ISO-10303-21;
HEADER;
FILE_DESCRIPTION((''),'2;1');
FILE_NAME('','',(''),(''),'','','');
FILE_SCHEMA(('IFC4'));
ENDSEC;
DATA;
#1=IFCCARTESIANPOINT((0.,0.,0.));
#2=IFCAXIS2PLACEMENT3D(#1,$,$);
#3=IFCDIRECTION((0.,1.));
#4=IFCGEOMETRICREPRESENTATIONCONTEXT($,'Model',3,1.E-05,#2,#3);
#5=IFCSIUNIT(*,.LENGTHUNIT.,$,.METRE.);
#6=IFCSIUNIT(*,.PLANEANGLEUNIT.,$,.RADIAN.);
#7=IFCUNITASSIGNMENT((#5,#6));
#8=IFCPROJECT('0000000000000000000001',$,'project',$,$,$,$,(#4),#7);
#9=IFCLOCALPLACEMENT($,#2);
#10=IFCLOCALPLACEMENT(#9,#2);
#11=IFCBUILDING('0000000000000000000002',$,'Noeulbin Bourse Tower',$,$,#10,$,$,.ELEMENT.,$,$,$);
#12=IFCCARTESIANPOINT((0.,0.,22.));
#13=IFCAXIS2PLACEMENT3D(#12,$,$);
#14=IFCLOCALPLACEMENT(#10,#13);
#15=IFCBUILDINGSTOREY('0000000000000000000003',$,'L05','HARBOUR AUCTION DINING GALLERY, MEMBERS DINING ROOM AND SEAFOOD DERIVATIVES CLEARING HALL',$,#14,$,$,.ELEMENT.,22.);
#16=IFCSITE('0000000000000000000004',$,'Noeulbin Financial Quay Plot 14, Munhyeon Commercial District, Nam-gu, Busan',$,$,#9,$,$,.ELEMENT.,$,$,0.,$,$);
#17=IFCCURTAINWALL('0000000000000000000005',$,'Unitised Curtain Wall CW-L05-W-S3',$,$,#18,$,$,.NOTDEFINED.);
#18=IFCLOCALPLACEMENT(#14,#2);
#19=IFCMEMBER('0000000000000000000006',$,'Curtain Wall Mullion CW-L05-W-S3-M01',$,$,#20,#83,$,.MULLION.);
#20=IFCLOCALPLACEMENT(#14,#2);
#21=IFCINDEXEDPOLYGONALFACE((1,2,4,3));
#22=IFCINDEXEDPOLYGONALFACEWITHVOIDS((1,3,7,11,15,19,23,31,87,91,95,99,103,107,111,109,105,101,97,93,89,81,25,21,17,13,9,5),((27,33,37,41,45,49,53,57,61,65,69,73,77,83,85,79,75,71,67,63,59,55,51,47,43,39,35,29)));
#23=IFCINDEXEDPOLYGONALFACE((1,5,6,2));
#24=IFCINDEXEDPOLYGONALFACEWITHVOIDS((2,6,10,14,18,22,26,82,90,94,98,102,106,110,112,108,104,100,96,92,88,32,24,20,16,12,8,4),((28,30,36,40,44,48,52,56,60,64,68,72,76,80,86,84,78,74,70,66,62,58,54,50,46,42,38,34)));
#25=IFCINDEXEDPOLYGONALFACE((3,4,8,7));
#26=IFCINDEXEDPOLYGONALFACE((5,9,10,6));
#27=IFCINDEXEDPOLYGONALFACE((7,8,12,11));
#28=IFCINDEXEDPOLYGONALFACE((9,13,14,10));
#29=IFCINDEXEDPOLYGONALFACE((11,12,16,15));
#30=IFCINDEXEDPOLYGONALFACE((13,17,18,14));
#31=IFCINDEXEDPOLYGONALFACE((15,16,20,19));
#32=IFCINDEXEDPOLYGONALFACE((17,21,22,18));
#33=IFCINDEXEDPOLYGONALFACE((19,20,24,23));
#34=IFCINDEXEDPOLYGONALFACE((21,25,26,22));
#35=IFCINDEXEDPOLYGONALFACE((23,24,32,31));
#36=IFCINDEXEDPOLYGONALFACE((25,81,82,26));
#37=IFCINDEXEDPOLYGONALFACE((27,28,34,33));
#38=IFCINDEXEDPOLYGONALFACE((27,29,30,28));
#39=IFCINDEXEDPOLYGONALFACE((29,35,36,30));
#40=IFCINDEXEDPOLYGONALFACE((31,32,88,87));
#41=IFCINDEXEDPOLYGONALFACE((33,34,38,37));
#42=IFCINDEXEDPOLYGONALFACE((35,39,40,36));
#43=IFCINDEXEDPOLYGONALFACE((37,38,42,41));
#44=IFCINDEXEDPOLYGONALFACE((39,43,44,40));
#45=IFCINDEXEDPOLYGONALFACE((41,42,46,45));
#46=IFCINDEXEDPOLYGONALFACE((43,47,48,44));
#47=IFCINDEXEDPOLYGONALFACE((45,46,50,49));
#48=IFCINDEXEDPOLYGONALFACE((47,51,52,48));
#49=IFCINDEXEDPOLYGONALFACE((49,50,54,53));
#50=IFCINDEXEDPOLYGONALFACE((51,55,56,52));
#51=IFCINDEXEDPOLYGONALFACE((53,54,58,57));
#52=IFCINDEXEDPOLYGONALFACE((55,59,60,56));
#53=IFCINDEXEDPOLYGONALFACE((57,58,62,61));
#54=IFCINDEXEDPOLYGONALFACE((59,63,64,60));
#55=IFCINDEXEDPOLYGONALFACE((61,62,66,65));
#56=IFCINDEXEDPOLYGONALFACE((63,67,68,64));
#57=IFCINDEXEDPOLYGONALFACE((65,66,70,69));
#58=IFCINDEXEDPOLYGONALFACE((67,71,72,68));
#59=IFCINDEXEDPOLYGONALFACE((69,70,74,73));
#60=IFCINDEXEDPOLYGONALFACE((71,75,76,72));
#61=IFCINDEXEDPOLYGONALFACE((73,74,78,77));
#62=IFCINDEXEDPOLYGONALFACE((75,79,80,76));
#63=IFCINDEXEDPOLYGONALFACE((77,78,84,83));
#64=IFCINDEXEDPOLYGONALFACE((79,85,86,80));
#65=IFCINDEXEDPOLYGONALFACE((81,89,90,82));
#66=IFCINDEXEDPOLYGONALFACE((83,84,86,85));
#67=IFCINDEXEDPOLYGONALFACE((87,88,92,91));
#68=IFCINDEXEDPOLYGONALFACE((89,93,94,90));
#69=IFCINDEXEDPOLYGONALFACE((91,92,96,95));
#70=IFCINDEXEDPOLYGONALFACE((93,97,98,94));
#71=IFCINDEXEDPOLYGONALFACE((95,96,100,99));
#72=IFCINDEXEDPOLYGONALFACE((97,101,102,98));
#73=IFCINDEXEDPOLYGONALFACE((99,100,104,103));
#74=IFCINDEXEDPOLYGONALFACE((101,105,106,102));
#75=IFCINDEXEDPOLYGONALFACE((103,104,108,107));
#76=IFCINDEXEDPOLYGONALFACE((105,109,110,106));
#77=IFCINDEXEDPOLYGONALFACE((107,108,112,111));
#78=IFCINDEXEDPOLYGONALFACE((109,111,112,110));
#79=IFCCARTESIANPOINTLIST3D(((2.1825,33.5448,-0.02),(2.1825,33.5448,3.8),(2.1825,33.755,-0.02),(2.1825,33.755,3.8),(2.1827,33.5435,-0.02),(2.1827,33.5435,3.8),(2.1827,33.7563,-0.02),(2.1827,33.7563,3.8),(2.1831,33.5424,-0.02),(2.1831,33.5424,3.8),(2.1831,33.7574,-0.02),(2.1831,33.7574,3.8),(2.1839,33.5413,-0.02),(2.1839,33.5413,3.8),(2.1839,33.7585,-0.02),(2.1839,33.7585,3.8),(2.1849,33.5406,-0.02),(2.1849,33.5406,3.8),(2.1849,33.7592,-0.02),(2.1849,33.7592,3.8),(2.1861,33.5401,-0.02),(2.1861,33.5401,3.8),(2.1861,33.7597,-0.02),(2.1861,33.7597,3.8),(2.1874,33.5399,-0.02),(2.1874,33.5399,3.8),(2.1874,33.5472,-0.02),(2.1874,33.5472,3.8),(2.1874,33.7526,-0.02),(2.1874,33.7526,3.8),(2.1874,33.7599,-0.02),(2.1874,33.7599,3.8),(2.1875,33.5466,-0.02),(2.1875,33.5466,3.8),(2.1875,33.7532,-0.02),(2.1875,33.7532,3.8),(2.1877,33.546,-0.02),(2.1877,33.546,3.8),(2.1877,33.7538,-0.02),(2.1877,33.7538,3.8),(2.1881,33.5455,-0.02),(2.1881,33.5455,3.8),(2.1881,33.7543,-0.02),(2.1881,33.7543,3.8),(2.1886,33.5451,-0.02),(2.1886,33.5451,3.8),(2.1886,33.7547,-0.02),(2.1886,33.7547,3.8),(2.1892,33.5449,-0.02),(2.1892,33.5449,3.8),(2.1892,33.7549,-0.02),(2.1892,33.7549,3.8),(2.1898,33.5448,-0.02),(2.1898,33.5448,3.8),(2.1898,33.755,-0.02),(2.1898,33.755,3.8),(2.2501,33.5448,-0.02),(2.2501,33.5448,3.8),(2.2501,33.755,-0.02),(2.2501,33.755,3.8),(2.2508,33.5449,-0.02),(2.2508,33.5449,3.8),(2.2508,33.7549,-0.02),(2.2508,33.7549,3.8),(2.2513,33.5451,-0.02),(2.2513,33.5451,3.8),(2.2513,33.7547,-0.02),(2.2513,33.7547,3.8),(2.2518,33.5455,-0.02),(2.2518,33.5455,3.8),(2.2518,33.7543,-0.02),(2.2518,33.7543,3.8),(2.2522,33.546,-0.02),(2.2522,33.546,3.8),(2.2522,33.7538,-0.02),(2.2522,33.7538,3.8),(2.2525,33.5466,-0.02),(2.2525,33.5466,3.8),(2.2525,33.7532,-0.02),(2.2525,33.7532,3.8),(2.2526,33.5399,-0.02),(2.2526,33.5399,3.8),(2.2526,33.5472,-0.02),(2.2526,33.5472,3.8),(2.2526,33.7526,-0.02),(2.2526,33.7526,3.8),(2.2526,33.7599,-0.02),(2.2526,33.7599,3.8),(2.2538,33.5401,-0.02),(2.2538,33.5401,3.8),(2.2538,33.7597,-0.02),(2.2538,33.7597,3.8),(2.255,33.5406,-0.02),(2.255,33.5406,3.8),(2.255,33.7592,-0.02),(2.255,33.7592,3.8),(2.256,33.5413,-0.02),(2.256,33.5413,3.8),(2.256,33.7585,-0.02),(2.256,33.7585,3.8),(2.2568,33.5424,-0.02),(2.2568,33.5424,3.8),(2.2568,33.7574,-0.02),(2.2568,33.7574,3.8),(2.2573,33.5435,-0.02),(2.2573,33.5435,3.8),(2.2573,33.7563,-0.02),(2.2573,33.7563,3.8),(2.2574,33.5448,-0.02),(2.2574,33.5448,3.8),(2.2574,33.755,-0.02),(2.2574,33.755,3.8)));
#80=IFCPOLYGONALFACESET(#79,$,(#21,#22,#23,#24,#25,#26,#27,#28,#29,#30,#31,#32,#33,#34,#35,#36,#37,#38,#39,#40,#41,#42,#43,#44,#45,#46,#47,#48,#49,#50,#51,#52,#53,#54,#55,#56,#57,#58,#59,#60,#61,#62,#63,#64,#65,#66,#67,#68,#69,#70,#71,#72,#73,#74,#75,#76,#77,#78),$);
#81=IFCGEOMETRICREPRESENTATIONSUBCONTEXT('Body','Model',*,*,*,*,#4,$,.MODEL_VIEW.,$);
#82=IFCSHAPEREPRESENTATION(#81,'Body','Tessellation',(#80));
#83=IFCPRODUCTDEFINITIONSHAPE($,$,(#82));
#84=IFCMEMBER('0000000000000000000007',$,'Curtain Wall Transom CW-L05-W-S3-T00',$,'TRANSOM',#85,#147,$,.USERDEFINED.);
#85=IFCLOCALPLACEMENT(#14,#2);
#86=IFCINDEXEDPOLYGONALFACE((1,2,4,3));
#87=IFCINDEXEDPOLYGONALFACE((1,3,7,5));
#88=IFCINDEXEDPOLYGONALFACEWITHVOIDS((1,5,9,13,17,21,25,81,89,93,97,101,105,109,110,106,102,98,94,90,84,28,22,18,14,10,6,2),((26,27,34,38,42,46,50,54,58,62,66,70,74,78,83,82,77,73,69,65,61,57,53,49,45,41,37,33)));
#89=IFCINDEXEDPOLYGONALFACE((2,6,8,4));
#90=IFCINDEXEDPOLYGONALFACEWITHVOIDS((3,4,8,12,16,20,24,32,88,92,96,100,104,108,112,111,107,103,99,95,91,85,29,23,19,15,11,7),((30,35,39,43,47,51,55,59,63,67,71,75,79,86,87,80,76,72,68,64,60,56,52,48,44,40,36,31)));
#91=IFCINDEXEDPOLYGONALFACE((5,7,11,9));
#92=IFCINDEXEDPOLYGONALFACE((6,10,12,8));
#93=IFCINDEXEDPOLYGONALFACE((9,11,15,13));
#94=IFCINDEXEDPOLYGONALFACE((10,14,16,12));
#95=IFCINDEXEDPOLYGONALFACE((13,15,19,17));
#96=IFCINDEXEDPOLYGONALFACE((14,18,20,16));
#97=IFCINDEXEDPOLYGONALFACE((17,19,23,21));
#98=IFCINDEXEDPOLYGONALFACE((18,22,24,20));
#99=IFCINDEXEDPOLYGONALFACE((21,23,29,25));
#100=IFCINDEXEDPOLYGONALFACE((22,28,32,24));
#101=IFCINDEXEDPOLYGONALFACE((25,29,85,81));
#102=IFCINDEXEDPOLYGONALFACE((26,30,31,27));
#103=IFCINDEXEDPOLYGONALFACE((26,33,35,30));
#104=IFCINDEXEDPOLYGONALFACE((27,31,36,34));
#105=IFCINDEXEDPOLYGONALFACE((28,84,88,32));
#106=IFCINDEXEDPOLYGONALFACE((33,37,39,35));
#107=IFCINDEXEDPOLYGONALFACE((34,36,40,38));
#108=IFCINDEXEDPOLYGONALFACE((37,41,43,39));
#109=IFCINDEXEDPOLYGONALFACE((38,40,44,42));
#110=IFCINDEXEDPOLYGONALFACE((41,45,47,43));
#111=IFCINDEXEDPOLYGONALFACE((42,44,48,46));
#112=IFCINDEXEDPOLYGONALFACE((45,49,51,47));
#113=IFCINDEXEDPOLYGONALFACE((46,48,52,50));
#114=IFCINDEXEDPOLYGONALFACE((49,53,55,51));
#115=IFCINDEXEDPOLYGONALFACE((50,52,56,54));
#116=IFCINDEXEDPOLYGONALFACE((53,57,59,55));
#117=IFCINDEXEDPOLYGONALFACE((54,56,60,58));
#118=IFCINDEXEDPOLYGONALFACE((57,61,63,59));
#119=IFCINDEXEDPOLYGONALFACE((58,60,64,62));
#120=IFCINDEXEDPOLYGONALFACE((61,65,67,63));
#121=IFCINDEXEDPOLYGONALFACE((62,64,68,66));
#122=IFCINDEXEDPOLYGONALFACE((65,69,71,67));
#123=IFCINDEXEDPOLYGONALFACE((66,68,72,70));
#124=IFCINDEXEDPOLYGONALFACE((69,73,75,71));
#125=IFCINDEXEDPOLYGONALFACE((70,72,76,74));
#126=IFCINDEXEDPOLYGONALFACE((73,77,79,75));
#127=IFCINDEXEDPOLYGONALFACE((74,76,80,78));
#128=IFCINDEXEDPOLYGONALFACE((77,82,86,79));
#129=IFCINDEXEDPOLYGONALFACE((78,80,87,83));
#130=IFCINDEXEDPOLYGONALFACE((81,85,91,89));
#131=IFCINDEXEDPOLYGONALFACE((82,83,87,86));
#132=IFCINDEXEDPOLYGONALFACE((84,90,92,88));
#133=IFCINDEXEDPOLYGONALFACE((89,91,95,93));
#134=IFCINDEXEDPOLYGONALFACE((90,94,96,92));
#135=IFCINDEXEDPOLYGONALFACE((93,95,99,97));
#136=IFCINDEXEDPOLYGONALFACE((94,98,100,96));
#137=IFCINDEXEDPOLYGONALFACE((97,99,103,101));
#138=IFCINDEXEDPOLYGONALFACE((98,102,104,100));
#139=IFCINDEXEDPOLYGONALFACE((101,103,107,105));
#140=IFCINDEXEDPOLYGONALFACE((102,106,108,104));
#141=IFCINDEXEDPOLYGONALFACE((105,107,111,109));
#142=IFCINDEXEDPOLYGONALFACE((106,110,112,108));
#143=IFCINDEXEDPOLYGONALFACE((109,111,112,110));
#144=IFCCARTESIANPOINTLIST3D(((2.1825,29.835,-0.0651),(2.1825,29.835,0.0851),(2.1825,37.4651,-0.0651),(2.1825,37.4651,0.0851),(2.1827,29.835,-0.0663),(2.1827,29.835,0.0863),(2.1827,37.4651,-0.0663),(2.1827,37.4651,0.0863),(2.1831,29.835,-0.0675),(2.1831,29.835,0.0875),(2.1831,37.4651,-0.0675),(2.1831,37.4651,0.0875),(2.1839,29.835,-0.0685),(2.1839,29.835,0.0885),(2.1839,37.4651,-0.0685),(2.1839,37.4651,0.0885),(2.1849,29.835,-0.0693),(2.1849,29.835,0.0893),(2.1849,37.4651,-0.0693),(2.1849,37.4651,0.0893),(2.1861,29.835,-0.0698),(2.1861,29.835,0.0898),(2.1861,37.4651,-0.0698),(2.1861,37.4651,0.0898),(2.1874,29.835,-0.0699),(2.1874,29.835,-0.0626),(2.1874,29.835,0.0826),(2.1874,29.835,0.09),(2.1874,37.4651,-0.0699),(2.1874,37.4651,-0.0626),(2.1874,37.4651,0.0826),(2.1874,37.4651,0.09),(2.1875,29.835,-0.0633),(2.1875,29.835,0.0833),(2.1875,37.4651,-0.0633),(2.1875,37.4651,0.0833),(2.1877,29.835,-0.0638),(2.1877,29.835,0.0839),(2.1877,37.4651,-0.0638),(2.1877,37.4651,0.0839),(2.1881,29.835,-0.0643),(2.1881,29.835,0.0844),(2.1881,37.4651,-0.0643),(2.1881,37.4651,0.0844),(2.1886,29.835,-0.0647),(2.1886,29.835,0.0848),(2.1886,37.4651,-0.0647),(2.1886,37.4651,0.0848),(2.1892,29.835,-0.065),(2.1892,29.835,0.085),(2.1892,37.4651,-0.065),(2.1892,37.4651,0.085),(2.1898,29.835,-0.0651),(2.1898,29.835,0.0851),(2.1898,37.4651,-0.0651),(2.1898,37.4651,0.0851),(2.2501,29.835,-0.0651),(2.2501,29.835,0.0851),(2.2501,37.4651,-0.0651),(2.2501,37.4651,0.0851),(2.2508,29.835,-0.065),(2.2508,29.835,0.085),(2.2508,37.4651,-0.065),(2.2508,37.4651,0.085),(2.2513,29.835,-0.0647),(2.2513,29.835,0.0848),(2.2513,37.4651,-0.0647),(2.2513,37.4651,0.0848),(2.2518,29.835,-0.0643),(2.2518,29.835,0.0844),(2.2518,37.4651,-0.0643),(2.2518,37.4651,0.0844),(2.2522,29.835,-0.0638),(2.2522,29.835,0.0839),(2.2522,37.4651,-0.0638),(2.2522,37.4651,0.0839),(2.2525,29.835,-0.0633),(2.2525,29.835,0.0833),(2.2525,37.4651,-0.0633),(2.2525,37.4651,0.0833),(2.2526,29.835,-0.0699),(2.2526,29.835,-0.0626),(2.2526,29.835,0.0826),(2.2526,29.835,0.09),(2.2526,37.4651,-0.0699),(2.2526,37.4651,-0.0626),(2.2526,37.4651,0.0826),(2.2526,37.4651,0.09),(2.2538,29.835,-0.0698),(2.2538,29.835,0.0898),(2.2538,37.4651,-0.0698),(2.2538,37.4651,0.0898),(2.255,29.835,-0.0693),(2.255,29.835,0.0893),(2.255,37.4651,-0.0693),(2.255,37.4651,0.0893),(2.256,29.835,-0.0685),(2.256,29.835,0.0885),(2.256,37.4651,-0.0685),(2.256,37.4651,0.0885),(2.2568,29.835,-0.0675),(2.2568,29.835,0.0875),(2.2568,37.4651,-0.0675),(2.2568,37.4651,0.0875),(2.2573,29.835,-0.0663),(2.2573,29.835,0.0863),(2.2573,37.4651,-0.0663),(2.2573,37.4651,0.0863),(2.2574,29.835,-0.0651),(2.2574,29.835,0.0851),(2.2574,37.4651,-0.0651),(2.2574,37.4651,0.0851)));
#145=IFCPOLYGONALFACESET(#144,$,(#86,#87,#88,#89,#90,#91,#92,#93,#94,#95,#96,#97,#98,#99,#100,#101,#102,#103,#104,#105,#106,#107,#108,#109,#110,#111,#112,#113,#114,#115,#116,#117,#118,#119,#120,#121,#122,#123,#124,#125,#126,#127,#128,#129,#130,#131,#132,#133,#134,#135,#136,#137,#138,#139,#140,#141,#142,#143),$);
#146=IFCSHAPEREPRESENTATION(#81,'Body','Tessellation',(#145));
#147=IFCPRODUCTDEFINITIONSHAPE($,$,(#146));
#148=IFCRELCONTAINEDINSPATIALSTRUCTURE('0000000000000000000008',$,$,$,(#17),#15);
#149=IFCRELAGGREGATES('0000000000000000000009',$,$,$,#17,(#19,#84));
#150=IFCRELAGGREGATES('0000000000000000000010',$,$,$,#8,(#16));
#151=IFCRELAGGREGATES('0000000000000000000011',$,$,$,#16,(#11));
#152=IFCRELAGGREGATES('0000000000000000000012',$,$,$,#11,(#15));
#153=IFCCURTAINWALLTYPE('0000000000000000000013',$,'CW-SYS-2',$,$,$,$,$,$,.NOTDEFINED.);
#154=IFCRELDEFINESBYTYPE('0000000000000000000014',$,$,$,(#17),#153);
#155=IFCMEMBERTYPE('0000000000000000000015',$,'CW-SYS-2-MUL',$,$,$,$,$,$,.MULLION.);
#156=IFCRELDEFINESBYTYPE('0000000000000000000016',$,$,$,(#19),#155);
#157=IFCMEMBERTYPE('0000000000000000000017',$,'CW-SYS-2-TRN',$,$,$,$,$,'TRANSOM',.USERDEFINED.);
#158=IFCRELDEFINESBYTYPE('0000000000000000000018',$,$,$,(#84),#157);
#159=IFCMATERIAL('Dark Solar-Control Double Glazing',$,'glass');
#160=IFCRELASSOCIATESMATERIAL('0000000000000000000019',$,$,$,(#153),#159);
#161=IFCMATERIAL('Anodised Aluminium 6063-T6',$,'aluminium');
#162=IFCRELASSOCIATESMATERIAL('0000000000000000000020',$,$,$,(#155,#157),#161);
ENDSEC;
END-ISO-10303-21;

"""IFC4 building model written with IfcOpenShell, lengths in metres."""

from ifc_helpers import new_model, si_unit, direction, frame, origin, origin_2d, place, context, subcontext, project, spatial, hollow_rectangle, extrude, material, material_profile, profile_set, type_object, element, aggregate, save


model = new_model("IFC4")

# Units and contexts
model_context = context("Model", 3, precision=1e-05, world=origin(), true_north=direction((0.0, 1.0)))
body_context = subcontext(model_context, "Body", "Model", "MODEL_VIEW")
ifc_project = project(units=[si_unit("LENGTHUNIT", "METRE"), si_unit("PLANEANGLEUNIT", "RADIAN")], contexts=[model_context])

# Site, building, storey
site_placement = place(None, origin())
site = spatial("IfcSite", under=ifc_project, at=site_placement, Name="Noeulbin Financial Quay Plot 14, Munhyeon Commercial District, Nam-gu, Busan", CompositionType="ELEMENT", RefElevation=0.0)
building_placement = place(site_placement, origin())
building = spatial("IfcBuilding", under=site, at=building_placement, Name="Noeulbin Bourse Tower", CompositionType="ELEMENT")
storey_placement = place(building_placement, frame((0.0, 0.0, 22.0)))
storey = spatial("IfcBuildingStorey", under=building, at=storey_placement, Name="L05", Description="HARBOUR AUCTION DINING GALLERY, MEMBERS DINING ROOM AND SEAFOOD DERIVATIVES CLEARING HALL", CompositionType="ELEMENT", Elevation=22.0)

# Curtain wall, members
ifc_material_1 = material(Name="Dark Solar-Control Double Glazing", Category="glass")
curtain_wall_type = type_object("IfcCurtainWallType", Name="CW-SYS-2", PredefinedType="NOTDEFINED", material=ifc_material_1)
ifc_material_2 = material(Name="Anodised Aluminium 6063-T6", Category="aluminium")
ifc_material_profile_1 = material_profile(ifc_material_2, hollow_rectangle(XDim=0.075, YDim=0.22, WallThickness=0.0049, InnerFilletRadius=0.0024, OuterFilletRadius=0.0049, at=origin_2d()), Name="ALU-MULL-75x220x5", Category="LoadBearing")
ifc_profile_set_1 = profile_set([ifc_material_profile_1], Name="Anodised Aluminium 6063-T6")
member_type_1 = type_object("IfcMemberType", Name="CW-SYS-2-MUL", PredefinedType="MULLION", material=ifc_profile_set_1)
curtain_wall_1_placement = place(storey_placement, origin())
curtain_wall_1 = element("IfcCurtainWall", 1, at=curtain_wall_1_placement, inside=storey, type_object=curtain_wall_type, Name="Unitised Curtain Wall CW-L05-W-S3", PredefinedType="NOTDEFINED")
member_1_placement = place(storey_placement, frame((2.22, 33.6499, -0.02), z_axis=(0.0, 0.0, 1.0), x_axis=(1.0, 0.0, 0.0)))
member_1 = element("IfcMember", 2, at=member_1_placement, type_object=member_type_1, Name="Curtain Wall Mullion CW-L05-W-S3-M01", PredefinedType="MULLION", context=body_context, shape_type="SweptSolid", body=[
    extrude(hollow_rectangle(XDim=0.075, YDim=0.22, WallThickness=0.0049, InnerFilletRadius=0.0024, OuterFilletRadius=0.0049, at=origin_2d()), origin(), (0.0, 0.0, 1.0), 3.8201),
])
ifc_material_profile_2 = material_profile(ifc_material_2, hollow_rectangle(XDim=0.075, YDim=0.1599, WallThickness=0.0049, InnerFilletRadius=0.0024, OuterFilletRadius=0.0049, at=origin_2d()), Name="ALU-TRAN-75x160x5", Category="LoadBearing")
ifc_profile_set_2 = profile_set([ifc_material_profile_2], Name="Anodised Aluminium 6063-T6")
member_type_2 = type_object("IfcMemberType", Name="CW-SYS-2-TRN", ElementType="TRANSOM", PredefinedType="USERDEFINED", material=ifc_profile_set_2)
member_2_placement = place(storey_placement, frame((2.22, 29.835, 0.01), z_axis=(0.0, 1.0, 0.0), x_axis=(-1.0, 0.0, 0.0)))
member_2 = element("IfcMember", 3, at=member_2_placement, type_object=member_type_2, Name="Curtain Wall Transom CW-L05-W-S3-T00", ObjectType="TRANSOM", PredefinedType="USERDEFINED", context=body_context, shape_type="SweptSolid", body=[
    extrude(hollow_rectangle(XDim=0.075, YDim=0.1599, WallThickness=0.0049, InnerFilletRadius=0.0024, OuterFilletRadius=0.0049, at=origin_2d()), origin(), (0.0, 0.0, 1.0), 7.6301),
])

aggregate(curtain_wall_1, [member_1, member_2])

save(model, "model.ifc")
